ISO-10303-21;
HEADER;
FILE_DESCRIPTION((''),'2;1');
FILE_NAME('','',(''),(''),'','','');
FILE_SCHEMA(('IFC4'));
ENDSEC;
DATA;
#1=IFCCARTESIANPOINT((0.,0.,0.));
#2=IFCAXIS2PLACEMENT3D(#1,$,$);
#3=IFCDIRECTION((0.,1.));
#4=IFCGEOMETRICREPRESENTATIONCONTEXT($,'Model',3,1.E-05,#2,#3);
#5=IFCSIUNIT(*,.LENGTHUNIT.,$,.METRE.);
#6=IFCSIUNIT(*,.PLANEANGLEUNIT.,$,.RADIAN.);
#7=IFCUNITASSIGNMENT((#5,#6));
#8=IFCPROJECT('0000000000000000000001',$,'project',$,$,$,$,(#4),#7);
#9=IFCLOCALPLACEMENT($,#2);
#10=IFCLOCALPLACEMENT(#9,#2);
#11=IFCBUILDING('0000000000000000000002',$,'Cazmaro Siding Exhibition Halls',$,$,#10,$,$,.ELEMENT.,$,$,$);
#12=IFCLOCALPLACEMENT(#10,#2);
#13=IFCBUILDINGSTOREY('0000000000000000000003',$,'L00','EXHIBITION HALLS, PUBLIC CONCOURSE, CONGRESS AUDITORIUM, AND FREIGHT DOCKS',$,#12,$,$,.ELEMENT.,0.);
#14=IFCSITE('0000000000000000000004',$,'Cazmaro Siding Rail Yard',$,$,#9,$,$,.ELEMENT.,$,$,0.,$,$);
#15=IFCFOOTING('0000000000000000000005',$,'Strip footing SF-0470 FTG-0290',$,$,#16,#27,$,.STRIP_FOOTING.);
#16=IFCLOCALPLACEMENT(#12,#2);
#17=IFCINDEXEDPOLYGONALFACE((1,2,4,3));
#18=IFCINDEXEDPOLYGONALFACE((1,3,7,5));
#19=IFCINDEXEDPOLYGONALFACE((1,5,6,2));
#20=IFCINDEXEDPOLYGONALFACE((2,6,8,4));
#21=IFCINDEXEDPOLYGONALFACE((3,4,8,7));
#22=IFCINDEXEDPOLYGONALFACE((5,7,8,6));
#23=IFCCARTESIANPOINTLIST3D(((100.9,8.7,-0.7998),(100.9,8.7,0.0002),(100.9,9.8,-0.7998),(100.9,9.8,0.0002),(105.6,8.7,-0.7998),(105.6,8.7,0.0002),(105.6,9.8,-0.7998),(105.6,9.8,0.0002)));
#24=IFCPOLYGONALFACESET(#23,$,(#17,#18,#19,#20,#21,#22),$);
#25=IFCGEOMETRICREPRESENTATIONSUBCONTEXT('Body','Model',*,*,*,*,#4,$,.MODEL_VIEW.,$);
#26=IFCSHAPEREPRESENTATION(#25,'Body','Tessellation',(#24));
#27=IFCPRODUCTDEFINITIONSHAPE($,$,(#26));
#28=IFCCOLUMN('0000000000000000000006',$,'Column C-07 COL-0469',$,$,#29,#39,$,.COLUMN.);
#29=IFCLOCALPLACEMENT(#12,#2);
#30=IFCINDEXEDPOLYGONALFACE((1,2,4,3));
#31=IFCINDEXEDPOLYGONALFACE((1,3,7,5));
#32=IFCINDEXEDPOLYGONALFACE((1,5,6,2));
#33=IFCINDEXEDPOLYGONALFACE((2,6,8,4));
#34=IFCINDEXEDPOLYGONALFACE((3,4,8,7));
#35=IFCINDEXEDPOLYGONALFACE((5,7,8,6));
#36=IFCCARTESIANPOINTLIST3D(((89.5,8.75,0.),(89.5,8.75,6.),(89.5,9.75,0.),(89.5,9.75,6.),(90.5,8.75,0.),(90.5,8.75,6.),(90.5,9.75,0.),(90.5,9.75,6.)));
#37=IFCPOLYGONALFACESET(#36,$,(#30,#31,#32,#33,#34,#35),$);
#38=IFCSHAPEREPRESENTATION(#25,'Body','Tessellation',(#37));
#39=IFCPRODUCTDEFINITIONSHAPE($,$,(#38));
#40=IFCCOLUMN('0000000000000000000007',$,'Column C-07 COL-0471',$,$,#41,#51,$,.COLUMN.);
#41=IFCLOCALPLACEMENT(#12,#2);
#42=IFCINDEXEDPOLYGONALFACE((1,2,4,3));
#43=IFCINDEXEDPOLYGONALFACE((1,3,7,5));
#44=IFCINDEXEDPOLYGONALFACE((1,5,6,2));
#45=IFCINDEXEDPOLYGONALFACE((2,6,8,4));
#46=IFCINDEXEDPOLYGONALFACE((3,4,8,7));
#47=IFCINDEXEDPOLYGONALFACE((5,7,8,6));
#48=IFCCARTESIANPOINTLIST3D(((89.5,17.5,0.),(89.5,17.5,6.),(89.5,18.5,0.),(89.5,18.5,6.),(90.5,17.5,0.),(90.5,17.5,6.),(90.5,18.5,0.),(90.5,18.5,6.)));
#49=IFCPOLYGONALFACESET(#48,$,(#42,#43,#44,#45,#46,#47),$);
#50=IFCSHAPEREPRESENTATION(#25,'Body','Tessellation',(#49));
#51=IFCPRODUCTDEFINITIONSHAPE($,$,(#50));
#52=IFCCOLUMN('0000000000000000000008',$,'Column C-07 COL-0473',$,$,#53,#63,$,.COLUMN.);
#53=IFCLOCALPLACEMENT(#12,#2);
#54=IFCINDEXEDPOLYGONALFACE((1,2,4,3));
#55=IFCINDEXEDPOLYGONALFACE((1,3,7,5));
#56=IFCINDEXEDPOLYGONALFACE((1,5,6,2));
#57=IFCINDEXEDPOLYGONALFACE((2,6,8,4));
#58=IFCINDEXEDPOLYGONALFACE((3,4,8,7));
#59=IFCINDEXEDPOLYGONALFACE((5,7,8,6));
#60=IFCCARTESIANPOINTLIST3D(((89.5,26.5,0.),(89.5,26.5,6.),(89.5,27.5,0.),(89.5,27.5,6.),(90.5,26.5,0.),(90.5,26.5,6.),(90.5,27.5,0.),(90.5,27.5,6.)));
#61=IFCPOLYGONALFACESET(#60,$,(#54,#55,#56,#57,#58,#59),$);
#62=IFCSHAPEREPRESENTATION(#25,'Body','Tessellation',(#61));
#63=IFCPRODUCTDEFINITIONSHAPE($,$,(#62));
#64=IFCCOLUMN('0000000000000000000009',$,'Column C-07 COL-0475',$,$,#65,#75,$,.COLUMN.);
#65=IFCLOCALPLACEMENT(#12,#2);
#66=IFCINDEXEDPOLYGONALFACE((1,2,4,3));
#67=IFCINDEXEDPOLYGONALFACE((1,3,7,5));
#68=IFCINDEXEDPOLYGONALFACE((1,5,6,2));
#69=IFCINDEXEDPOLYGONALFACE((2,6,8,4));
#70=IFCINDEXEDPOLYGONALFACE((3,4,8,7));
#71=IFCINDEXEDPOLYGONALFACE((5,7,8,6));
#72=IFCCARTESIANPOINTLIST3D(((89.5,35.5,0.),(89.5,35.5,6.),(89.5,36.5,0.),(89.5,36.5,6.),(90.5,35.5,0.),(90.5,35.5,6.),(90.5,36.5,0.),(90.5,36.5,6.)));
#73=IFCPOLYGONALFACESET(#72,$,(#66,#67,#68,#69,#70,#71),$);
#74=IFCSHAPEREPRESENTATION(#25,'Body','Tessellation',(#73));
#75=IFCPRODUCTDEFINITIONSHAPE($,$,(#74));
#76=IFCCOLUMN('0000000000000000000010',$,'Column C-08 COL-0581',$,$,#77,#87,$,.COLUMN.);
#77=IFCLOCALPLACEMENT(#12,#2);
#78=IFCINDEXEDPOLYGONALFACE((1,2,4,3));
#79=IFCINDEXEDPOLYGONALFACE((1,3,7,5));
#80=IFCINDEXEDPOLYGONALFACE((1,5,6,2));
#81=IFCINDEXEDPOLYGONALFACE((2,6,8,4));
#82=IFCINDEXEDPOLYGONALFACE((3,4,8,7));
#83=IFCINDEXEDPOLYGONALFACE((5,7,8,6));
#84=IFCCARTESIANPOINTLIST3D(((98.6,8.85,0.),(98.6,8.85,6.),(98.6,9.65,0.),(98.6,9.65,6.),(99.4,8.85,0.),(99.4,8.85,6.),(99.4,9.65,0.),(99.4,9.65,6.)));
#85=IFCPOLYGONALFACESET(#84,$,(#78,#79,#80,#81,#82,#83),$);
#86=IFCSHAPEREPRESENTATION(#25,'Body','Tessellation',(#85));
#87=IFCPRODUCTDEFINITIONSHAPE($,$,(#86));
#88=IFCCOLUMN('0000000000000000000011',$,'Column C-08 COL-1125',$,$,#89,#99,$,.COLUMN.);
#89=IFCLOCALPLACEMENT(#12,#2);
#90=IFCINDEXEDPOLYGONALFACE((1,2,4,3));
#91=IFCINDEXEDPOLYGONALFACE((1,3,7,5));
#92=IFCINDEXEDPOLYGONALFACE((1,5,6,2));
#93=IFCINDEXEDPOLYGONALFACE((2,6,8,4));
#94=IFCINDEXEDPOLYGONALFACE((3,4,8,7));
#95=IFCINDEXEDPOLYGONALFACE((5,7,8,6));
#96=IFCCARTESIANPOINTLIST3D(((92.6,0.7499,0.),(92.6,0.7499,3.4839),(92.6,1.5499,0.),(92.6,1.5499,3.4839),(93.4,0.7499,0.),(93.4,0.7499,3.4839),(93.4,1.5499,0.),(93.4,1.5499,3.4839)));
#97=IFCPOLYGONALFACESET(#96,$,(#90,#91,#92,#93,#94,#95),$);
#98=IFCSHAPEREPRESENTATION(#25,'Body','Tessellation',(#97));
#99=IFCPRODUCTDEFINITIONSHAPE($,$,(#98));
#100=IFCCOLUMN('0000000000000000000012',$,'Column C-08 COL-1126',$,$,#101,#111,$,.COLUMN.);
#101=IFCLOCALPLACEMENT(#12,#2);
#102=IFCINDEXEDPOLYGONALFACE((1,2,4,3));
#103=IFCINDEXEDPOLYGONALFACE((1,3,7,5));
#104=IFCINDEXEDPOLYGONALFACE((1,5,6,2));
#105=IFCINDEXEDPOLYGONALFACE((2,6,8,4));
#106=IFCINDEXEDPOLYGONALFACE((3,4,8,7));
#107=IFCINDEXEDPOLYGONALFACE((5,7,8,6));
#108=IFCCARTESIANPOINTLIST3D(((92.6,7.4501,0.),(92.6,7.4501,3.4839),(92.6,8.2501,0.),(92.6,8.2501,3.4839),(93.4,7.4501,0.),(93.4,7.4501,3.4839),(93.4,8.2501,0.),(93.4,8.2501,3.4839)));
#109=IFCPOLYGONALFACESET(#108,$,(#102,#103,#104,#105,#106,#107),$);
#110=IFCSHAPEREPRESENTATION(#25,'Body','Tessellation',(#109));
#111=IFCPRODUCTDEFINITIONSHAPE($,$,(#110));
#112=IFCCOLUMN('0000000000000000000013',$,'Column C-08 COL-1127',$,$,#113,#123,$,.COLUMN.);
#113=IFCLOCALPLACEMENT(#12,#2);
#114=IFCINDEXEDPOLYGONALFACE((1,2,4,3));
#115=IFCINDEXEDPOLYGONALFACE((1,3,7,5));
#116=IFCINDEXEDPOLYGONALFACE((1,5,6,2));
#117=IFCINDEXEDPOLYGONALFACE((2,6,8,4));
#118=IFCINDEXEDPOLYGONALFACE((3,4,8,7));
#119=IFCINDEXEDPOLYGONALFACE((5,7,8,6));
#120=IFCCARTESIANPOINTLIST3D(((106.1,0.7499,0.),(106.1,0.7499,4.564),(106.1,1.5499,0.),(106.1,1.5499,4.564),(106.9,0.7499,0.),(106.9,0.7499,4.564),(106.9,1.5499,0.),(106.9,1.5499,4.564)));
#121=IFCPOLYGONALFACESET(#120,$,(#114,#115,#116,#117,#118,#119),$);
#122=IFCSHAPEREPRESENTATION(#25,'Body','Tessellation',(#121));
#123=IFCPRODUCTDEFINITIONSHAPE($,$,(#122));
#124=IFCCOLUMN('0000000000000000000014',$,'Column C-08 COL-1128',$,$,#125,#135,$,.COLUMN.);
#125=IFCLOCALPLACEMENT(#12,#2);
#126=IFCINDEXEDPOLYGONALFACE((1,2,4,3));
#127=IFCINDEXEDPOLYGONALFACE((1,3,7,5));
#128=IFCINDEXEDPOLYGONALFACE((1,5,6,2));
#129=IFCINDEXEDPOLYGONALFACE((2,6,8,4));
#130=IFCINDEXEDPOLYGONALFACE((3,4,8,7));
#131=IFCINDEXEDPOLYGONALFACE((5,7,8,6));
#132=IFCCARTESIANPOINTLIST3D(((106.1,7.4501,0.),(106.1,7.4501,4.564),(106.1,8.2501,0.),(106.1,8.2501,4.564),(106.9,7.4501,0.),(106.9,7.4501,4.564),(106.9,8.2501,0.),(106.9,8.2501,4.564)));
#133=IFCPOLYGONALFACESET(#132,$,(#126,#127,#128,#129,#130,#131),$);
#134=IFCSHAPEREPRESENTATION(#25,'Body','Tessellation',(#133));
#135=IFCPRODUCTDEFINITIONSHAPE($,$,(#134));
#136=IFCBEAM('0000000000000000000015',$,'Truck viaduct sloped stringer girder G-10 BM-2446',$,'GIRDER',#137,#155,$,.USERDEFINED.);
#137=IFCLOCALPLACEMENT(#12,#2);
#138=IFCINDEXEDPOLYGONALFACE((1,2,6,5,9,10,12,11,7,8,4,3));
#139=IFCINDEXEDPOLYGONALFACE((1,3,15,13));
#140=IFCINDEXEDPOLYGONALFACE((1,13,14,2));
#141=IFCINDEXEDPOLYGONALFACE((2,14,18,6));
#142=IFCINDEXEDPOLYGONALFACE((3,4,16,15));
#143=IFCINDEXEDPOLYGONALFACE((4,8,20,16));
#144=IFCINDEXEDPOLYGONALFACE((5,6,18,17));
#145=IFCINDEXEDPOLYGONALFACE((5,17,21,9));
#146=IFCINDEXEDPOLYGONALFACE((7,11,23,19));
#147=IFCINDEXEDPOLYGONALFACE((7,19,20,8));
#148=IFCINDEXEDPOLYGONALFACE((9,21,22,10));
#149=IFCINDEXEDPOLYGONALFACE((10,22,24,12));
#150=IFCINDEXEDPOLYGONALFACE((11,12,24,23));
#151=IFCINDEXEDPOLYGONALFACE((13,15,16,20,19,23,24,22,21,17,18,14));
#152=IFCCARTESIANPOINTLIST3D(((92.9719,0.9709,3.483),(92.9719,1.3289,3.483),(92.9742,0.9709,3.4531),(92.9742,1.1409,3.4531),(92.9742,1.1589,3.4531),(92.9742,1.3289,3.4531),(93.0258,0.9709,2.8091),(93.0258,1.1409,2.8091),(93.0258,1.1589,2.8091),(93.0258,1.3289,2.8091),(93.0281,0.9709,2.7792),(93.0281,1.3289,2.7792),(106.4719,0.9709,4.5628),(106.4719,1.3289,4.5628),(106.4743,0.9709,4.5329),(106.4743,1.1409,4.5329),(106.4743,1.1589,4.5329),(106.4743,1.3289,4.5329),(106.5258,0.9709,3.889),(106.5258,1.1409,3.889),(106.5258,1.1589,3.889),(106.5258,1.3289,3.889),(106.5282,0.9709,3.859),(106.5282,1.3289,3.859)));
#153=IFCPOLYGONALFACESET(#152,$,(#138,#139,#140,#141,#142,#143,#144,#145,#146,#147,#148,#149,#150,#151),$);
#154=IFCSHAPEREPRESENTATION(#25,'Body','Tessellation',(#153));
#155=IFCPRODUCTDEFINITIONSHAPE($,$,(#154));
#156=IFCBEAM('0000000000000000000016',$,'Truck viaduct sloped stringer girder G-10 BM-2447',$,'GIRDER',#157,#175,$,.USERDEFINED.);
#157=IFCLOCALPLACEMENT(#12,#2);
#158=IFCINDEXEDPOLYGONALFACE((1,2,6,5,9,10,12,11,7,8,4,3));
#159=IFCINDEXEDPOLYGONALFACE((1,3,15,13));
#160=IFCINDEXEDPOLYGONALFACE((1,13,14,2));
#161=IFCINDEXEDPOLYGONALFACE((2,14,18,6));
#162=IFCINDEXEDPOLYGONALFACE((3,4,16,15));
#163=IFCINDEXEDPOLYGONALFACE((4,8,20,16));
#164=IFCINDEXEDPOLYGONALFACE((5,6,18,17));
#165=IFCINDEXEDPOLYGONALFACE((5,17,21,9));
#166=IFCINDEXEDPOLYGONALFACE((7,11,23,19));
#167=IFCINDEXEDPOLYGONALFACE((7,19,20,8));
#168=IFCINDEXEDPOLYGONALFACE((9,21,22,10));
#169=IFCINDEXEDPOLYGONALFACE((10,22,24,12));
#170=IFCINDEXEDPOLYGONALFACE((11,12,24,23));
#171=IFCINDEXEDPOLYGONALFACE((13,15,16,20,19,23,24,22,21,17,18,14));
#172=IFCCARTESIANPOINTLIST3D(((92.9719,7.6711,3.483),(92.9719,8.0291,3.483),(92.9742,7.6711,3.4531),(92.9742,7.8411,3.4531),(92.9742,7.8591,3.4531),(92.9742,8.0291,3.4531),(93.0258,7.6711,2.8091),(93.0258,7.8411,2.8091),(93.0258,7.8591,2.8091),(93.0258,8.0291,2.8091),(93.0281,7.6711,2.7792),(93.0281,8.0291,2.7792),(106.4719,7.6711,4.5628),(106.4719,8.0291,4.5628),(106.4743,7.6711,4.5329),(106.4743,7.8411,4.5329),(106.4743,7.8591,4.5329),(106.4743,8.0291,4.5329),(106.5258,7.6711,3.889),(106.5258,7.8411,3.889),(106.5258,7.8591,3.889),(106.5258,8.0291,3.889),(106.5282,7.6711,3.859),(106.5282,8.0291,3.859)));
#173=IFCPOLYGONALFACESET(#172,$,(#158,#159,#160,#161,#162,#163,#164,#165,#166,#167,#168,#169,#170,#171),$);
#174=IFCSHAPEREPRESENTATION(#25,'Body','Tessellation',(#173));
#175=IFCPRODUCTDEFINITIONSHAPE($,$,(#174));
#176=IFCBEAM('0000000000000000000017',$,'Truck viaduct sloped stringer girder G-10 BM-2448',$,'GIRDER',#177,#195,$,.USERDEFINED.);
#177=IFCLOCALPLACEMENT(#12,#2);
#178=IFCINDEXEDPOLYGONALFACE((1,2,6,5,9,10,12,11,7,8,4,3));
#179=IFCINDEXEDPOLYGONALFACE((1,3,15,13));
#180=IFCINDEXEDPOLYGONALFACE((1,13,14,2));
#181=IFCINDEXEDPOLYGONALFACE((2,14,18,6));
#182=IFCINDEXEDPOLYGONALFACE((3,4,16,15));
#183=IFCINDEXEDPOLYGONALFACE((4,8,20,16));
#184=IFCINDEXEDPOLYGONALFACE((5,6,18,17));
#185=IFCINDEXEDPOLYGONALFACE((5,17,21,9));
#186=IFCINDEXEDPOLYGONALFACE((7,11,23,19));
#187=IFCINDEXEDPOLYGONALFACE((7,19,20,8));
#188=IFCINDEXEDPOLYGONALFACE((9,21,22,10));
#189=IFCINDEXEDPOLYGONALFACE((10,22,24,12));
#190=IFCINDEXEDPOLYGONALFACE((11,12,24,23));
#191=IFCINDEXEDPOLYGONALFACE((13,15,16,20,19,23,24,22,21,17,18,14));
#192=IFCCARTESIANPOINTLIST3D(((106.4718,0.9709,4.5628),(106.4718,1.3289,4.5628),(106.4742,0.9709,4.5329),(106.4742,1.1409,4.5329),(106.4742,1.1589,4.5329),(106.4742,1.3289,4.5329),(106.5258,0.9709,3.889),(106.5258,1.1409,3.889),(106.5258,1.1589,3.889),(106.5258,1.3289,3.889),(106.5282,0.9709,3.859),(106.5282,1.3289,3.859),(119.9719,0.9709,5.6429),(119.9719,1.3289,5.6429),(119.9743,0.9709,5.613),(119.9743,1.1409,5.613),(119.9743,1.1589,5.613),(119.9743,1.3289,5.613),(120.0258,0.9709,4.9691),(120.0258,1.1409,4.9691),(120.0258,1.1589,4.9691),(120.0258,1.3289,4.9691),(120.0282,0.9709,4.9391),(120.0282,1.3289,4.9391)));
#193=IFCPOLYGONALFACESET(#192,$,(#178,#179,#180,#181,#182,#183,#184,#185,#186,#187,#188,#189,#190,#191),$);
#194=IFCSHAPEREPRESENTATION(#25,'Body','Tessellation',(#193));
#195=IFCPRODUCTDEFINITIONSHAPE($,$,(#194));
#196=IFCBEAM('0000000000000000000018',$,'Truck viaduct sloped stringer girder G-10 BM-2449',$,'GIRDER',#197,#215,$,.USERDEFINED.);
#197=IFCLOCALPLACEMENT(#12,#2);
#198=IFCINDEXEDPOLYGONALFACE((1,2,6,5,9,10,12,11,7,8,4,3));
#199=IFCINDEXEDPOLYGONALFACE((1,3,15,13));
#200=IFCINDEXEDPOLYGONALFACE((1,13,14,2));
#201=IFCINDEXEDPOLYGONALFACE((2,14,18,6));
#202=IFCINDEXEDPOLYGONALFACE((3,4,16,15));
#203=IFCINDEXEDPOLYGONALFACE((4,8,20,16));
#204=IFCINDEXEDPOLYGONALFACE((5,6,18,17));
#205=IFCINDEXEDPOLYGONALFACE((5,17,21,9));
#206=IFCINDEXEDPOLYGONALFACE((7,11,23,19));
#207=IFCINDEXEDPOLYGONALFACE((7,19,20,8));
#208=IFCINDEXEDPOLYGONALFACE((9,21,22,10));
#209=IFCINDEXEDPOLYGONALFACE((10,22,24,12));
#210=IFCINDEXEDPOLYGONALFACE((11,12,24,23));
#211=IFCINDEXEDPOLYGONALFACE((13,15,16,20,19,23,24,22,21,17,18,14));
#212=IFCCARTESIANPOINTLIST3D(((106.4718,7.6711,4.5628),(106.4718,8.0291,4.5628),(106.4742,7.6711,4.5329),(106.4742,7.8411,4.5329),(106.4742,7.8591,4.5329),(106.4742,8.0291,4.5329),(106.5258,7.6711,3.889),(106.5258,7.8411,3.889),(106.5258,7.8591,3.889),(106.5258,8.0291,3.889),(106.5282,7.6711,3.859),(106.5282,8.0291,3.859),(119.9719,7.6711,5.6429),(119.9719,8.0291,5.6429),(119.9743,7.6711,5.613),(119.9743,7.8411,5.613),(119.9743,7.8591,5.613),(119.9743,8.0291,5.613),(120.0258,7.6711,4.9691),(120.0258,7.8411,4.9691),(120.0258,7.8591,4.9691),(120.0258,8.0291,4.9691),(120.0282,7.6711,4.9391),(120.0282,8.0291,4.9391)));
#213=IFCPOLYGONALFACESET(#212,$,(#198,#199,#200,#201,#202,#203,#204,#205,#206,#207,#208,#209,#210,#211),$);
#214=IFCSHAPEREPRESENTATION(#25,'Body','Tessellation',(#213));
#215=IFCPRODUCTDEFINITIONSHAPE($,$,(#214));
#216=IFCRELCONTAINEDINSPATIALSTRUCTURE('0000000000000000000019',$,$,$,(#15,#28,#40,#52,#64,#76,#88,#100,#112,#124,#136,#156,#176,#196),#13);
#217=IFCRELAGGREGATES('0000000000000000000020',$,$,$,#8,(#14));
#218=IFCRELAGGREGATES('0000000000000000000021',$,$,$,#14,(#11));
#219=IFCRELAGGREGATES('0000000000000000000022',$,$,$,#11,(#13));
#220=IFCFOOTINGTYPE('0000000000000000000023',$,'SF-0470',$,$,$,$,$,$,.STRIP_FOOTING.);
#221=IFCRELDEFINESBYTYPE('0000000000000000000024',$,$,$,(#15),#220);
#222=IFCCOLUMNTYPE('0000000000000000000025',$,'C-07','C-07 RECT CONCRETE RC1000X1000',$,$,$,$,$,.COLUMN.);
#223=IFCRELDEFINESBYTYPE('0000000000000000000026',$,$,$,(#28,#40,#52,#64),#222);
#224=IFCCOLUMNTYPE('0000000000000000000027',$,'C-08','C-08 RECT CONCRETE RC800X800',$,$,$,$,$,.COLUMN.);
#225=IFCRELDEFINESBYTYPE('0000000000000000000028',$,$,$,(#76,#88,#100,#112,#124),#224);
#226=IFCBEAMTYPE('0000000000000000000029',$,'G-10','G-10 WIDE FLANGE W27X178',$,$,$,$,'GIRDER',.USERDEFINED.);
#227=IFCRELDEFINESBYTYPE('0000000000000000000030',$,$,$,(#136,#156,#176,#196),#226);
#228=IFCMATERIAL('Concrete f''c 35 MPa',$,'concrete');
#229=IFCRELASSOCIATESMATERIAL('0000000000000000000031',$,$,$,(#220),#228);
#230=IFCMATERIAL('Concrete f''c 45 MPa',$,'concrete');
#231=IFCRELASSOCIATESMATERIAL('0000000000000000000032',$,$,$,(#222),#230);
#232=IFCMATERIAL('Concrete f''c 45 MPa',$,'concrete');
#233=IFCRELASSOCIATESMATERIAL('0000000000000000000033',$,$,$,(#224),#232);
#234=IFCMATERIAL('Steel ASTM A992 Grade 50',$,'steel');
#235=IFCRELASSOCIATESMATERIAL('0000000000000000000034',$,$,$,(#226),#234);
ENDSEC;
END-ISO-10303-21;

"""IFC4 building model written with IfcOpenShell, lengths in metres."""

from ifc_helpers import new_model, si_unit, direction, frame, origin, origin_2d, place, context, subcontext, project, spatial, rectangle, i_section, extrude, material, material_profile, profile_set, type_object, element, save


model = new_model("IFC4")

# Units and contexts
model_context = context("Model", 3, precision=1e-05, world=origin(), true_north=direction((0.0, 1.0)))
body_context = subcontext(model_context, "Body", "Model", "MODEL_VIEW")
ifc_project = project(units=[si_unit("LENGTHUNIT", "METRE"), si_unit("PLANEANGLEUNIT", "RADIAN")], contexts=[model_context])

# Site, building, storey
site_placement = place(None, origin())
site = spatial("IfcSite", under=ifc_project, at=site_placement, Name="Cazmaro Siding Rail Yard", CompositionType="ELEMENT", RefElevation=0.0)
building_placement = place(site_placement, origin())
building = spatial("IfcBuilding", under=site, at=building_placement, Name="Cazmaro Siding Exhibition Halls", CompositionType="ELEMENT")
storey_placement = place(building_placement, origin())
storey = spatial("IfcBuildingStorey", under=building, at=storey_placement, Name="L00", Description="EXHIBITION HALLS, PUBLIC CONCOURSE, CONGRESS AUDITORIUM, AND FREIGHT DOCKS", CompositionType="ELEMENT", Elevation=0.0)

# Footing
ifc_material_1 = material(Name="Concrete f'c 35 MPa", Category="concrete")
footing_type_1 = type_object("IfcFootingType", Name="SF-0470", PredefinedType="STRIP_FOOTING", material=ifc_material_1)
footing_1_placement = place(storey_placement, frame((103.25, 9.25, -0.7998), z_axis=(0.0, 0.0, 1.0), x_axis=(1.0, 0.0, 0.0)))
element("IfcFooting", 1, at=footing_1_placement, inside=storey, type_object=footing_type_1, Name="Strip footing SF-0470 FTG-0290", PredefinedType="STRIP_FOOTING", context=body_context, shape_type="SweptSolid", body=[
    extrude(rectangle(XDim=4.7, YDim=1.1001, at=origin_2d()), origin(), (0.0, 0.0, 1.0), 0.8),
])

# Columns
ifc_material_2 = material(Name="Concrete f'c 45 MPa", Category="concrete")
ifc_material_profile_1 = material_profile(ifc_material_2, rectangle(XDim=1.0, YDim=1.0, at=origin_2d()), Name="RC1000X1000")
ifc_profile_set_1 = profile_set([ifc_material_profile_1], Name="Concrete f'c 45 MPa")
column_type_1 = type_object("IfcColumnType", Name="C-07", Description="C-07 RECT CONCRETE RC1000X1000", PredefinedType="COLUMN", material=ifc_profile_set_1)
for number, where, z_axis, x_axis, name in (
    (2, (90.0, 9.25, 0.0), (0.0, 0.0, 1.0), (1.0, 0.0, 0.0), "Column C-07 COL-0469"),
    (3, (90.0, 18.0, 0.0), (0.0, 0.0, 1.0), (1.0, 0.0, 0.0), "Column C-07 COL-0471"),
    (4, (90.0, 27.0, 0.0), (0.0, 0.0, 1.0), (1.0, 0.0, 0.0), "Column C-07 COL-0473"),
    (5, (90.0, 36.0, 0.0), (0.0, 0.0, 1.0), (1.0, 0.0, 0.0), "Column C-07 COL-0475"),
):
    element("IfcColumn", number, at=place(storey_placement, frame(where, z_axis=z_axis, x_axis=x_axis)), inside=storey, type_object=column_type_1, Name=name, PredefinedType="COLUMN", context=body_context, shape_type="SweptSolid", body=[
        extrude(rectangle(XDim=1.0, YDim=1.0, at=origin_2d()), origin(), (0.0, 0.0, 1.0), 6.0),
    ])
ifc_material_3 = material(Name="Concrete f'c 45 MPa", Category="concrete")
ifc_material_profile_2 = material_profile(ifc_material_3, rectangle(XDim=0.8, YDim=0.8, at=origin_2d()), Name="RC800X800")
ifc_profile_set_2 = profile_set([ifc_material_profile_2], Name="Concrete f'c 45 MPa")
column_type_2 = type_object("IfcColumnType", Name="C-08", Description="C-08 RECT CONCRETE RC800X800", PredefinedType="COLUMN", material=ifc_profile_set_2)
column_placement = place(storey_placement, frame((99.0, 9.25, 0.0), z_axis=(0.0, 0.0, 1.0), x_axis=(1.0, 0.0, 0.0)))
element("IfcColumn", 6, at=column_placement, inside=storey, type_object=column_type_2, Name="Column C-08 COL-0581", PredefinedType="COLUMN", context=body_context, shape_type="SweptSolid", body=[
    extrude(rectangle(XDim=0.8, YDim=0.8, at=origin_2d()), origin(), (0.0, 0.0, 1.0), 6.0),
])
for number, where, z_axis, x_axis, name in (
    (7, (93.0, 1.1499, 0.0), (0.0, 0.0, 1.0), (1.0, 0.0, 0.0), "Column C-08 COL-1125"),
    (8, (93.0, 7.8501, 0.0), (0.0, 0.0, 1.0), (1.0, 0.0, 0.0), "Column C-08 COL-1126"),
):
    element("IfcColumn", number, at=place(storey_placement, frame(where, z_axis=z_axis, x_axis=x_axis)), inside=storey, type_object=column_type_2, Name=name, PredefinedType="COLUMN", context=body_context, shape_type="SweptSolid", body=[
        extrude(rectangle(XDim=0.8, YDim=0.8, at=origin_2d()), origin(), (0.0, 0.0, 1.0), 3.4839),
    ])
for number, where, z_axis, x_axis, name in (
    (9, (106.5, 1.1499, 0.0), (0.0, 0.0, 1.0), (1.0, 0.0, 0.0), "Column C-08 COL-1127"),
    (10, (106.5, 7.8501, 0.0), (0.0, 0.0, 1.0), (1.0, 0.0, 0.0), "Column C-08 COL-1128"),
):
    element("IfcColumn", number, at=place(storey_placement, frame(where, z_axis=z_axis, x_axis=x_axis)), inside=storey, type_object=column_type_2, Name=name, PredefinedType="COLUMN", context=body_context, shape_type="SweptSolid", body=[
        extrude(rectangle(XDim=0.8, YDim=0.8, at=origin_2d()), origin(), (0.0, 0.0, 1.0), 4.564),
    ])

# Beams
ifc_material_4 = material(Name="Steel ASTM A992 Grade 50", Category="steel")
ifc_material_profile_3 = material_profile(ifc_material_4, i_section(OverallWidth=0.3579, OverallDepth=0.7061, WebThickness=0.0181, FlangeThickness=0.03, at=origin_2d()), Name="W27X178")
ifc_profile_set_3 = profile_set([ifc_material_profile_3], Name="Steel ASTM A992 Grade 50")
beam_type_1 = type_object("IfcBeamType", Name="G-10", Description="G-10 WIDE FLANGE W27X178", ElementType="GIRDER", PredefinedType="USERDEFINED", material=ifc_profile_set_3)
for number, where, z_axis, x_axis, name in (
    (11, (93.0, 1.1499, 3.1311), (0.996816, 0.0, 0.079733), (0.0, 1.0, 0.0), "Truck viaduct sloped stringer girder G-10 BM-2446"),
    (12, (93.0, 7.8501, 3.1311), (0.996816, 0.0, 0.079733), (0.0, 1.0, 0.0), "Truck viaduct sloped stringer girder G-10 BM-2447"),
    (13, (106.5, 1.1499, 4.2109), (0.996815, 0.0, 0.079751), (0.0, 1.0, 0.0), "Truck viaduct sloped stringer girder G-10 BM-2448"),
    (14, (106.5, 7.8501, 4.2109), (0.996815, 0.0, 0.079751), (0.0, 1.0, 0.0), "Truck viaduct sloped stringer girder G-10 BM-2449"),
):
    element("IfcBeam", number, at=place(storey_placement, frame(where, z_axis=z_axis, x_axis=x_axis)), inside=storey, type_object=beam_type_1, Name=name, ObjectType="GIRDER", PredefinedType="USERDEFINED", context=body_context, shape_type="SweptSolid", body=[
        extrude(i_section(OverallWidth=0.3579, OverallDepth=0.7061, WebThickness=0.0181, FlangeThickness=0.03, at=origin_2d()), origin(), (0.0, 0.0, 1.0), 13.5432),
    ])

save(model, "model.ifc")
